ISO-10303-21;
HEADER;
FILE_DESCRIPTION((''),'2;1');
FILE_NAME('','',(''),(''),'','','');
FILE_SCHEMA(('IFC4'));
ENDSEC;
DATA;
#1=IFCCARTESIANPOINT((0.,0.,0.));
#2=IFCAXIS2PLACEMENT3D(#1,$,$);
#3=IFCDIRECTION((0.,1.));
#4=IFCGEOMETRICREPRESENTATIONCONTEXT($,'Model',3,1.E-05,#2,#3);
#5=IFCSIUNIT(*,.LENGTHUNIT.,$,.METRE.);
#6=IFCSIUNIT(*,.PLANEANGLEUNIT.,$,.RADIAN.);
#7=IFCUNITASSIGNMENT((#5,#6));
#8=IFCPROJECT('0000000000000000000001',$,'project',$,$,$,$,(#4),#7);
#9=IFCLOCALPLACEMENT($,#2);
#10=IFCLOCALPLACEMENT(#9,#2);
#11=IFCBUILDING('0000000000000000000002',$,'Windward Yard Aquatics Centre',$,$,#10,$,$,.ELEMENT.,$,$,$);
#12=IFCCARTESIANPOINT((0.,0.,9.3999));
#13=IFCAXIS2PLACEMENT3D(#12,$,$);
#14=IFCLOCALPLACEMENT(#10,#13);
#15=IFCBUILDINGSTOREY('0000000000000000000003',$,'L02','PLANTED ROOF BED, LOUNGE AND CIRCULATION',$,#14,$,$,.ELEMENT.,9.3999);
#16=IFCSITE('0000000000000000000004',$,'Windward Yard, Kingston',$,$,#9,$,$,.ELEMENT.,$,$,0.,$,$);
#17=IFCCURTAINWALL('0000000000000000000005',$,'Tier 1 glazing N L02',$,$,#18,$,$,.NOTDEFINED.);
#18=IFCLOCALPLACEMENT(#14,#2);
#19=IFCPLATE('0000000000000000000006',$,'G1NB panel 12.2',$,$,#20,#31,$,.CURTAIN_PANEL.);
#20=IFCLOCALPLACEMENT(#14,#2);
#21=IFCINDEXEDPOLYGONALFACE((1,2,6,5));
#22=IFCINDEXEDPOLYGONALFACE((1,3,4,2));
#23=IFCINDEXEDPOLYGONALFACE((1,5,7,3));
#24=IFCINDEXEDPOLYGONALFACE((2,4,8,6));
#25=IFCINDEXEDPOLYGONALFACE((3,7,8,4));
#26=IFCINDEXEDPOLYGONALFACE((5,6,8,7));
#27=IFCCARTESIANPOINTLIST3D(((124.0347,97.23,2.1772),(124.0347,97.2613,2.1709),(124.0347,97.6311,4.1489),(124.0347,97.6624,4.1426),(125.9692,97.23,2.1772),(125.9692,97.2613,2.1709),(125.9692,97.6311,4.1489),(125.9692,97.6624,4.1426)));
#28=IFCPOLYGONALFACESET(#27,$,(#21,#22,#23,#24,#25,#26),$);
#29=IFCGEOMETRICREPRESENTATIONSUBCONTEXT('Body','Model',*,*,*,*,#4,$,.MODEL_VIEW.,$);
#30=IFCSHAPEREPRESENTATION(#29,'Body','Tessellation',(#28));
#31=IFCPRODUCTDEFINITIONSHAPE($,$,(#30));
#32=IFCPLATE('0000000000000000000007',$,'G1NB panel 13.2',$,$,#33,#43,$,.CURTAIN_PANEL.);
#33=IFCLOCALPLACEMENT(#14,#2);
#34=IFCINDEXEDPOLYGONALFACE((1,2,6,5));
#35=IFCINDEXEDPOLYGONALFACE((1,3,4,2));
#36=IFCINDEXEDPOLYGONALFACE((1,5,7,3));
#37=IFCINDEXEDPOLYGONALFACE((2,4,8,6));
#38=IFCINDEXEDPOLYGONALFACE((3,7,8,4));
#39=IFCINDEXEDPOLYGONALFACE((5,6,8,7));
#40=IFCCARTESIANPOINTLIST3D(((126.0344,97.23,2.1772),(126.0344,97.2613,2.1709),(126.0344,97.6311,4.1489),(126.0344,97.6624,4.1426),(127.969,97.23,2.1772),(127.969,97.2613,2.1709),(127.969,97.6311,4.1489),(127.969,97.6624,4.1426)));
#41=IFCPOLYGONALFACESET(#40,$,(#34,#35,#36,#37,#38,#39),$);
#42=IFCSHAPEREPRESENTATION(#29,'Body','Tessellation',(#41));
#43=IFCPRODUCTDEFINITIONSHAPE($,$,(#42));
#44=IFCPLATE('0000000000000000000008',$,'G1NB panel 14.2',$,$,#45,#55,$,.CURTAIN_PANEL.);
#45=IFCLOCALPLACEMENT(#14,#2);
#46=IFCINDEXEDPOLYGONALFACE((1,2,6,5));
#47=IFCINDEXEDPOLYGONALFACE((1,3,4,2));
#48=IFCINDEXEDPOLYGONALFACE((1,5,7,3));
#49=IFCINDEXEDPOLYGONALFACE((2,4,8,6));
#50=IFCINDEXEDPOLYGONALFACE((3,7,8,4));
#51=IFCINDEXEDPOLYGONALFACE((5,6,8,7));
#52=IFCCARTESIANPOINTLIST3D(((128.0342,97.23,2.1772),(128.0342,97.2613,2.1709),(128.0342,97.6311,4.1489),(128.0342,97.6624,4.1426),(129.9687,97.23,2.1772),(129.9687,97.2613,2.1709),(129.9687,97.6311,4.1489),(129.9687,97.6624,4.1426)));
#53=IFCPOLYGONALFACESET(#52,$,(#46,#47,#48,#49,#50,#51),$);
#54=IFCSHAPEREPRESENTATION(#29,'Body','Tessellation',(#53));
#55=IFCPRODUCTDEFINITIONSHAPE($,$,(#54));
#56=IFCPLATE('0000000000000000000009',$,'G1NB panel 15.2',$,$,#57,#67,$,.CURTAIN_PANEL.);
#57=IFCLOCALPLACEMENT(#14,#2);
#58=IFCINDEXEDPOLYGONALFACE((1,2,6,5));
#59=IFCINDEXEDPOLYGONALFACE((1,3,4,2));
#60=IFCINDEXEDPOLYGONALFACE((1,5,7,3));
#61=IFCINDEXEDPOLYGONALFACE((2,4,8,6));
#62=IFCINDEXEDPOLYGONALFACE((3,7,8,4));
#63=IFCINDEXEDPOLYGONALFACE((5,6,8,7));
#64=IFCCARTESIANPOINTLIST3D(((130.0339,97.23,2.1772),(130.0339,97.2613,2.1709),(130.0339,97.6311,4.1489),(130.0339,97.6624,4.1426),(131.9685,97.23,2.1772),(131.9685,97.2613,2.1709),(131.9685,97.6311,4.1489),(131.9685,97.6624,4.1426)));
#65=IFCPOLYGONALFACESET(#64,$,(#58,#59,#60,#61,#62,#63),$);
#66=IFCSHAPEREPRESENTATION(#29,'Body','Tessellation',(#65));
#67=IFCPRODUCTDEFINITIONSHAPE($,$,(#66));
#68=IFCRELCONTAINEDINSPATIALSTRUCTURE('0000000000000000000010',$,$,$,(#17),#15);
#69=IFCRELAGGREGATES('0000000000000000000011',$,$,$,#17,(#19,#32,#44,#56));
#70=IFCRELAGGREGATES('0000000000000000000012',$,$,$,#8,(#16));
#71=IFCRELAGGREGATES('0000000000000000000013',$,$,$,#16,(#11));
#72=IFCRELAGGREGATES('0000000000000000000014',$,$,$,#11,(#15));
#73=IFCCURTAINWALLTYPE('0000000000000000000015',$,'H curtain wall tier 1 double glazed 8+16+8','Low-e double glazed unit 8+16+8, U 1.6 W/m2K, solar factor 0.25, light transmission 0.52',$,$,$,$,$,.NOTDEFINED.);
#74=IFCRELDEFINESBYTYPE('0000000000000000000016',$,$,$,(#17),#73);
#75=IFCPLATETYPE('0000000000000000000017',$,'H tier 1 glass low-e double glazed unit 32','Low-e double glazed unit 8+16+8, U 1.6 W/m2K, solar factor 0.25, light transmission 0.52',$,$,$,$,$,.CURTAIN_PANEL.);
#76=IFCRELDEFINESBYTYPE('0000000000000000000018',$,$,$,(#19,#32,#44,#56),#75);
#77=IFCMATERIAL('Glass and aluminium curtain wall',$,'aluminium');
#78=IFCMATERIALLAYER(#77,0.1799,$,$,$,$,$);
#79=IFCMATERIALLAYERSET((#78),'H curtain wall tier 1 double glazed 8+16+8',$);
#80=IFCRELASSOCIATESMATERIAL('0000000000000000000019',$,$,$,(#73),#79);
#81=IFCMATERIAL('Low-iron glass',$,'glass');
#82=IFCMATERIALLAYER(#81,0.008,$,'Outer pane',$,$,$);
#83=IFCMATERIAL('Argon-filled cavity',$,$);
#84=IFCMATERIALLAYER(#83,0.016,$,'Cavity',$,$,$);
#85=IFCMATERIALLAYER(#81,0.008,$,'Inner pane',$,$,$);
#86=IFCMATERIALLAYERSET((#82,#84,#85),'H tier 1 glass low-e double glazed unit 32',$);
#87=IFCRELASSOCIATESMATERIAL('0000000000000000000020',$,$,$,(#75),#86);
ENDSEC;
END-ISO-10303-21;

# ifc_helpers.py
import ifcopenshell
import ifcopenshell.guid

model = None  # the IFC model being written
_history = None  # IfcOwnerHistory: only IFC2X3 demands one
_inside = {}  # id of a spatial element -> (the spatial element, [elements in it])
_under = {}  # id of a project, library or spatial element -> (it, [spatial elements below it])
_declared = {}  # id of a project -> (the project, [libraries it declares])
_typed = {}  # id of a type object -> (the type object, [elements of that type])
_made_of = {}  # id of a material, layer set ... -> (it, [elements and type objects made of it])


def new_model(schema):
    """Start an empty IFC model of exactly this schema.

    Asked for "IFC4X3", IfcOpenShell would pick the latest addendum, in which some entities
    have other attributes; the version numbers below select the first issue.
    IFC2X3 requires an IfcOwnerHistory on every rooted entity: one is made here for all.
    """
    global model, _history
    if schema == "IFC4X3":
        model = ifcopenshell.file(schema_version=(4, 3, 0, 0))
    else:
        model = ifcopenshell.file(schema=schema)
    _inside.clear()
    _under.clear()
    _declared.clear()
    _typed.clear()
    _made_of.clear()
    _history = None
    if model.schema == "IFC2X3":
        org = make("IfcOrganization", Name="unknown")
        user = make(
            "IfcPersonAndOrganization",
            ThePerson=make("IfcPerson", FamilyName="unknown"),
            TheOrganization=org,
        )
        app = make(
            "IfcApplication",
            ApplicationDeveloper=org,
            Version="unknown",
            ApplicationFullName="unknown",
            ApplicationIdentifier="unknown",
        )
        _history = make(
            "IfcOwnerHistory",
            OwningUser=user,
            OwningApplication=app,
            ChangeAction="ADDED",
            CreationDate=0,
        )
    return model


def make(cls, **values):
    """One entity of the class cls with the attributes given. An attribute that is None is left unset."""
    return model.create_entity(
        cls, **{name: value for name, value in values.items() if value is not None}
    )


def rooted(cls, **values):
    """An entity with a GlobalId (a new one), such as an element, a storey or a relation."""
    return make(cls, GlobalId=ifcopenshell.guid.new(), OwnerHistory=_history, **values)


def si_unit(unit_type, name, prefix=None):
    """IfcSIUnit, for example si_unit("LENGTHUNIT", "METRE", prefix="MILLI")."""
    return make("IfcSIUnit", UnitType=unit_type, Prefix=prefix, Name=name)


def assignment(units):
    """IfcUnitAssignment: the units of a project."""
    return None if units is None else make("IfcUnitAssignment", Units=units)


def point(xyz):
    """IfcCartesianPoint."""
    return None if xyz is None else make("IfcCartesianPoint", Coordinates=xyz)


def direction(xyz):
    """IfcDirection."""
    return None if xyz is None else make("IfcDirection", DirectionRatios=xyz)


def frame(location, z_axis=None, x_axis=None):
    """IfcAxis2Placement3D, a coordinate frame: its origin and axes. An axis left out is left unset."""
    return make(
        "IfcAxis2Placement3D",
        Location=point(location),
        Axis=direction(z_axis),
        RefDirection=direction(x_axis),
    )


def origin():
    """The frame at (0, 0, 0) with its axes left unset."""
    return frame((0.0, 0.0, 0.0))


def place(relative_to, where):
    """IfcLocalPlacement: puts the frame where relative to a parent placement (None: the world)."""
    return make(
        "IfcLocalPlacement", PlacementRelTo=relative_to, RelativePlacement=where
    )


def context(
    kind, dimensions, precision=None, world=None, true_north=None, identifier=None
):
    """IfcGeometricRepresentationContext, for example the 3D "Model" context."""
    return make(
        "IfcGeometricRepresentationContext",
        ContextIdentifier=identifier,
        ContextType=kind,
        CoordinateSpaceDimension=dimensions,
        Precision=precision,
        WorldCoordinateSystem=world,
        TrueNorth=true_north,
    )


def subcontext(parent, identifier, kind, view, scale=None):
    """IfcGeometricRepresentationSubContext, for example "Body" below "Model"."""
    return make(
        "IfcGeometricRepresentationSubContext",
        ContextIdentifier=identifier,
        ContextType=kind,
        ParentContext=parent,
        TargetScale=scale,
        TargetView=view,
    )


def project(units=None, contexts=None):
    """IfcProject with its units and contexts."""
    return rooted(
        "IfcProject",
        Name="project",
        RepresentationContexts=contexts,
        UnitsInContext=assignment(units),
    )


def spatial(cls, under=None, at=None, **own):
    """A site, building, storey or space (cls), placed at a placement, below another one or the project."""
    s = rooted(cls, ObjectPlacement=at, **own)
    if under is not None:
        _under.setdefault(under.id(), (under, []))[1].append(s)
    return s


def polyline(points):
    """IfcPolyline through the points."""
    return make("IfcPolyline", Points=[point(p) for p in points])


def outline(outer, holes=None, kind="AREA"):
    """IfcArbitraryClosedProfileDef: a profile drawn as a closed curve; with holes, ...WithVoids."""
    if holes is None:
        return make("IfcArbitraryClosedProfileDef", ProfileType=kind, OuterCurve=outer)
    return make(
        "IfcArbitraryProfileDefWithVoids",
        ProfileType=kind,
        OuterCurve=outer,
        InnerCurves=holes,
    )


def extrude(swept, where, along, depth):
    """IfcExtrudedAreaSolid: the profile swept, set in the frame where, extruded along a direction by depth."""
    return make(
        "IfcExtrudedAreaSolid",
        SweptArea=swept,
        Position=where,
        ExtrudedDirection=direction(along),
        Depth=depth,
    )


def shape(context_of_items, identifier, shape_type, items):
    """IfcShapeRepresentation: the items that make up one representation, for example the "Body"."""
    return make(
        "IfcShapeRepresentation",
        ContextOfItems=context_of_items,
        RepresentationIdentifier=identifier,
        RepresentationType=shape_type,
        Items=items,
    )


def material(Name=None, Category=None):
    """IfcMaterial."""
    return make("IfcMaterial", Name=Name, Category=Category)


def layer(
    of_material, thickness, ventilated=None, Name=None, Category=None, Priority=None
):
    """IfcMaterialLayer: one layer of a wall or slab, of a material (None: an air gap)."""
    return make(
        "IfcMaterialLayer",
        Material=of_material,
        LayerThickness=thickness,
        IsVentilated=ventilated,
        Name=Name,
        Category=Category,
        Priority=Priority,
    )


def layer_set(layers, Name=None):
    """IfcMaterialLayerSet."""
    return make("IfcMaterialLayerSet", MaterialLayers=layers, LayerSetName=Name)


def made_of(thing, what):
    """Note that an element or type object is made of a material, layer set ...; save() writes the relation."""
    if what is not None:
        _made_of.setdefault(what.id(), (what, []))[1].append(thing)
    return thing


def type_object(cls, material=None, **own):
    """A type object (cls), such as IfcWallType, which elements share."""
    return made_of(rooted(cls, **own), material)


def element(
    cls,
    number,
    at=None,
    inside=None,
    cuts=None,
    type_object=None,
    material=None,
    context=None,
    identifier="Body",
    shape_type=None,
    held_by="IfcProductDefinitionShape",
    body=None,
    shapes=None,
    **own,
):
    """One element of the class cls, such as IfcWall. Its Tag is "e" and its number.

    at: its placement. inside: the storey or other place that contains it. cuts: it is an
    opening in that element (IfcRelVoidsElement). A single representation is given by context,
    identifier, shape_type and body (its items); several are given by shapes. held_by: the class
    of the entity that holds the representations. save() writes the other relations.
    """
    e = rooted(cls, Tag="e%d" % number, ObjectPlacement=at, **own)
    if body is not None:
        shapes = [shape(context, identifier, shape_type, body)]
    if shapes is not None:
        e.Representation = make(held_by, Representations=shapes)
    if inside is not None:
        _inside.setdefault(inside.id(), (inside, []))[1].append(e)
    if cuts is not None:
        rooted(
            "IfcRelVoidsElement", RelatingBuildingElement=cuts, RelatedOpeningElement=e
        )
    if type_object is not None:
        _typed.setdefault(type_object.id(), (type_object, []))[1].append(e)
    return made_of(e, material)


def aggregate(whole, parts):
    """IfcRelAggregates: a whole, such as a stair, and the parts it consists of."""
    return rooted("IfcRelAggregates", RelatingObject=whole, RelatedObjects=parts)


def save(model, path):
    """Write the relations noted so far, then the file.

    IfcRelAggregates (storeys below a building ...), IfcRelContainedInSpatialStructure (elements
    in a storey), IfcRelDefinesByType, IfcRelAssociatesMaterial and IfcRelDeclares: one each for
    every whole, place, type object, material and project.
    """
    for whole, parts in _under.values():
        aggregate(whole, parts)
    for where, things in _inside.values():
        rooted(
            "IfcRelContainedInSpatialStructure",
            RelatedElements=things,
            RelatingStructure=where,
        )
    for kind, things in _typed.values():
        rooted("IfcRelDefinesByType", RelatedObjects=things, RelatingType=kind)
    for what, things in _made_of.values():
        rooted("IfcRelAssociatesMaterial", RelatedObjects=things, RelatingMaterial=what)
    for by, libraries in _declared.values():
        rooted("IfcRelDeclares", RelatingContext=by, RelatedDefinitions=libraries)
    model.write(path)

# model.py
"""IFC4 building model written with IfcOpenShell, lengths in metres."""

from ifc_helpers import new_model, si_unit, direction, frame, origin, place, context, subcontext, project, spatial, polyline, outline, extrude, material, layer, layer_set, type_object, element, aggregate, save


model = new_model("IFC4")

# Units and contexts
model_context = context("Model", 3, precision=1e-05, world=origin(), true_north=direction((0.0, 1.0)))
body_context = subcontext(model_context, "Body", "Model", "MODEL_VIEW")
ifc_project = project(units=[si_unit("LENGTHUNIT", "METRE"), si_unit("PLANEANGLEUNIT", "RADIAN")], contexts=[model_context])

# Site, building, storey
site_placement = place(None, origin())
site = spatial("IfcSite", under=ifc_project, at=site_placement, Name="Windward Yard, Kingston", CompositionType="ELEMENT", RefElevation=0.0)
building_placement = place(site_placement, origin())
building = spatial("IfcBuilding", under=site, at=building_placement, Name="Windward Yard Aquatics Centre", CompositionType="ELEMENT")
storey_placement = place(building_placement, frame((0.0, 0.0, 9.3999)))
storey = spatial("IfcBuildingStorey", under=building, at=storey_placement, Name="L02", Description="PLANTED ROOF BED, LOUNGE AND CIRCULATION", CompositionType="ELEMENT", Elevation=9.3999)

# Curtain wall, plates
ifc_material_1 = material(Name="Glass and aluminium curtain wall", Category="aluminium")
ifc_layer_1 = layer(ifc_material_1, 0.1799)
ifc_layer_set_1 = layer_set([ifc_layer_1], Name="H curtain wall tier 1 double glazed 8+16+8")
curtain_wall_type = type_object("IfcCurtainWallType", Name="H curtain wall tier 1 double glazed 8+16+8", Description="Low-e double glazed unit 8+16+8, U 1.6 W/m2K, solar factor 0.25, light transmission 0.52", PredefinedType="NOTDEFINED", material=ifc_layer_set_1)
curtain_wall_placement = place(storey_placement, origin())
curtain_wall = element("IfcCurtainWall", 1, at=curtain_wall_placement, inside=storey, type_object=curtain_wall_type, Name="Tier 1 glazing N L02", PredefinedType="NOTDEFINED")
ifc_material_2 = material(Name="Low-iron glass", Category="glass")
ifc_layer_2 = layer(ifc_material_2, 0.008, Name="Outer pane")
ifc_material_3 = material(Name="Argon-filled cavity")
ifc_layer_3 = layer(ifc_material_3, 0.016, Name="Cavity")
ifc_layer_4 = layer(ifc_material_2, 0.008, Name="Inner pane")
ifc_layer_set_2 = layer_set([ifc_layer_2, ifc_layer_3, ifc_layer_4], Name="H tier 1 glass low-e double glazed unit 32")
plate_type = type_object("IfcPlateType", Name="H tier 1 glass low-e double glazed unit 32", Description="Low-e double glazed unit 8+16+8, U 1.6 W/m2K, solar factor 0.25, light transmission 0.52", PredefinedType="CURTAIN_PANEL", material=ifc_layer_set_2)
plate_1_placement = place(storey_placement, frame((124.0347, 97.23, 2.1772), z_axis=(0.0, -0.979927, 0.199359), x_axis=(1.0, 0.0, 0.0)))
plate_1 = element("IfcPlate", 2, at=plate_1_placement, type_object=plate_type, Name="G1NB panel 12.2", PredefinedType="CURTAIN_PANEL", context=body_context, shape_type="SweptSolid", body=[
    extrude(outline(polyline([(0.0, 0.0), (1.9346, 0.0), (1.9346, 2.0121), (0.0, 2.0121), (0.0, 0.0)])), origin(), (0.0, 0.0, -1.0), 0.032),
])
plate_2_placement = place(storey_placement, frame((126.0344, 97.23, 2.1772), z_axis=(0.0, -0.979927, 0.199359), x_axis=(1.0, 0.0, 0.0)))
plate_2 = element("IfcPlate", 3, at=plate_2_placement, type_object=plate_type, Name="G1NB panel 13.2", PredefinedType="CURTAIN_PANEL", context=body_context, shape_type="SweptSolid", body=[
    extrude(outline(polyline([(0.0, 0.0), (1.9346, 0.0), (1.9346, 2.0121), (0.0, 2.0121), (0.0, 0.0)])), origin(), (0.0, 0.0, -1.0), 0.032),
])
plate_3_placement = place(storey_placement, frame((128.0342, 97.23, 2.1772), z_axis=(0.0, -0.979927, 0.199359), x_axis=(1.0, 0.0, 0.0)))
plate_3 = element("IfcPlate", 4, at=plate_3_placement, type_object=plate_type, Name="G1NB panel 14.2", PredefinedType="CURTAIN_PANEL", context=body_context, shape_type="SweptSolid", body=[
    extrude(outline(polyline([(0.0, 0.0), (1.9346, 0.0), (1.9346, 2.0121), (0.0, 2.0121), (0.0, 0.0)])), origin(), (0.0, 0.0, -1.0), 0.032),
])
plate_4_placement = place(storey_placement, frame((130.0339, 97.23, 2.1772), z_axis=(0.0, -0.979927, 0.199359), x_axis=(1.0, 0.0, 0.0)))
plate_4 = element("IfcPlate", 5, at=plate_4_placement, type_object=plate_type, Name="G1NB panel 15.2", PredefinedType="CURTAIN_PANEL", context=body_context, shape_type="SweptSolid", body=[
    extrude(outline(polyline([(0.0, 0.0), (1.9346, 0.0), (1.9346, 2.0121), (0.0, 2.0121), (0.0, 0.0)])), origin(), (0.0, 0.0, -1.0), 0.032),
])
aggregate(curtain_wall, [plate_1, plate_2, plate_3, plate_4])

save(model, "model.ifc")
